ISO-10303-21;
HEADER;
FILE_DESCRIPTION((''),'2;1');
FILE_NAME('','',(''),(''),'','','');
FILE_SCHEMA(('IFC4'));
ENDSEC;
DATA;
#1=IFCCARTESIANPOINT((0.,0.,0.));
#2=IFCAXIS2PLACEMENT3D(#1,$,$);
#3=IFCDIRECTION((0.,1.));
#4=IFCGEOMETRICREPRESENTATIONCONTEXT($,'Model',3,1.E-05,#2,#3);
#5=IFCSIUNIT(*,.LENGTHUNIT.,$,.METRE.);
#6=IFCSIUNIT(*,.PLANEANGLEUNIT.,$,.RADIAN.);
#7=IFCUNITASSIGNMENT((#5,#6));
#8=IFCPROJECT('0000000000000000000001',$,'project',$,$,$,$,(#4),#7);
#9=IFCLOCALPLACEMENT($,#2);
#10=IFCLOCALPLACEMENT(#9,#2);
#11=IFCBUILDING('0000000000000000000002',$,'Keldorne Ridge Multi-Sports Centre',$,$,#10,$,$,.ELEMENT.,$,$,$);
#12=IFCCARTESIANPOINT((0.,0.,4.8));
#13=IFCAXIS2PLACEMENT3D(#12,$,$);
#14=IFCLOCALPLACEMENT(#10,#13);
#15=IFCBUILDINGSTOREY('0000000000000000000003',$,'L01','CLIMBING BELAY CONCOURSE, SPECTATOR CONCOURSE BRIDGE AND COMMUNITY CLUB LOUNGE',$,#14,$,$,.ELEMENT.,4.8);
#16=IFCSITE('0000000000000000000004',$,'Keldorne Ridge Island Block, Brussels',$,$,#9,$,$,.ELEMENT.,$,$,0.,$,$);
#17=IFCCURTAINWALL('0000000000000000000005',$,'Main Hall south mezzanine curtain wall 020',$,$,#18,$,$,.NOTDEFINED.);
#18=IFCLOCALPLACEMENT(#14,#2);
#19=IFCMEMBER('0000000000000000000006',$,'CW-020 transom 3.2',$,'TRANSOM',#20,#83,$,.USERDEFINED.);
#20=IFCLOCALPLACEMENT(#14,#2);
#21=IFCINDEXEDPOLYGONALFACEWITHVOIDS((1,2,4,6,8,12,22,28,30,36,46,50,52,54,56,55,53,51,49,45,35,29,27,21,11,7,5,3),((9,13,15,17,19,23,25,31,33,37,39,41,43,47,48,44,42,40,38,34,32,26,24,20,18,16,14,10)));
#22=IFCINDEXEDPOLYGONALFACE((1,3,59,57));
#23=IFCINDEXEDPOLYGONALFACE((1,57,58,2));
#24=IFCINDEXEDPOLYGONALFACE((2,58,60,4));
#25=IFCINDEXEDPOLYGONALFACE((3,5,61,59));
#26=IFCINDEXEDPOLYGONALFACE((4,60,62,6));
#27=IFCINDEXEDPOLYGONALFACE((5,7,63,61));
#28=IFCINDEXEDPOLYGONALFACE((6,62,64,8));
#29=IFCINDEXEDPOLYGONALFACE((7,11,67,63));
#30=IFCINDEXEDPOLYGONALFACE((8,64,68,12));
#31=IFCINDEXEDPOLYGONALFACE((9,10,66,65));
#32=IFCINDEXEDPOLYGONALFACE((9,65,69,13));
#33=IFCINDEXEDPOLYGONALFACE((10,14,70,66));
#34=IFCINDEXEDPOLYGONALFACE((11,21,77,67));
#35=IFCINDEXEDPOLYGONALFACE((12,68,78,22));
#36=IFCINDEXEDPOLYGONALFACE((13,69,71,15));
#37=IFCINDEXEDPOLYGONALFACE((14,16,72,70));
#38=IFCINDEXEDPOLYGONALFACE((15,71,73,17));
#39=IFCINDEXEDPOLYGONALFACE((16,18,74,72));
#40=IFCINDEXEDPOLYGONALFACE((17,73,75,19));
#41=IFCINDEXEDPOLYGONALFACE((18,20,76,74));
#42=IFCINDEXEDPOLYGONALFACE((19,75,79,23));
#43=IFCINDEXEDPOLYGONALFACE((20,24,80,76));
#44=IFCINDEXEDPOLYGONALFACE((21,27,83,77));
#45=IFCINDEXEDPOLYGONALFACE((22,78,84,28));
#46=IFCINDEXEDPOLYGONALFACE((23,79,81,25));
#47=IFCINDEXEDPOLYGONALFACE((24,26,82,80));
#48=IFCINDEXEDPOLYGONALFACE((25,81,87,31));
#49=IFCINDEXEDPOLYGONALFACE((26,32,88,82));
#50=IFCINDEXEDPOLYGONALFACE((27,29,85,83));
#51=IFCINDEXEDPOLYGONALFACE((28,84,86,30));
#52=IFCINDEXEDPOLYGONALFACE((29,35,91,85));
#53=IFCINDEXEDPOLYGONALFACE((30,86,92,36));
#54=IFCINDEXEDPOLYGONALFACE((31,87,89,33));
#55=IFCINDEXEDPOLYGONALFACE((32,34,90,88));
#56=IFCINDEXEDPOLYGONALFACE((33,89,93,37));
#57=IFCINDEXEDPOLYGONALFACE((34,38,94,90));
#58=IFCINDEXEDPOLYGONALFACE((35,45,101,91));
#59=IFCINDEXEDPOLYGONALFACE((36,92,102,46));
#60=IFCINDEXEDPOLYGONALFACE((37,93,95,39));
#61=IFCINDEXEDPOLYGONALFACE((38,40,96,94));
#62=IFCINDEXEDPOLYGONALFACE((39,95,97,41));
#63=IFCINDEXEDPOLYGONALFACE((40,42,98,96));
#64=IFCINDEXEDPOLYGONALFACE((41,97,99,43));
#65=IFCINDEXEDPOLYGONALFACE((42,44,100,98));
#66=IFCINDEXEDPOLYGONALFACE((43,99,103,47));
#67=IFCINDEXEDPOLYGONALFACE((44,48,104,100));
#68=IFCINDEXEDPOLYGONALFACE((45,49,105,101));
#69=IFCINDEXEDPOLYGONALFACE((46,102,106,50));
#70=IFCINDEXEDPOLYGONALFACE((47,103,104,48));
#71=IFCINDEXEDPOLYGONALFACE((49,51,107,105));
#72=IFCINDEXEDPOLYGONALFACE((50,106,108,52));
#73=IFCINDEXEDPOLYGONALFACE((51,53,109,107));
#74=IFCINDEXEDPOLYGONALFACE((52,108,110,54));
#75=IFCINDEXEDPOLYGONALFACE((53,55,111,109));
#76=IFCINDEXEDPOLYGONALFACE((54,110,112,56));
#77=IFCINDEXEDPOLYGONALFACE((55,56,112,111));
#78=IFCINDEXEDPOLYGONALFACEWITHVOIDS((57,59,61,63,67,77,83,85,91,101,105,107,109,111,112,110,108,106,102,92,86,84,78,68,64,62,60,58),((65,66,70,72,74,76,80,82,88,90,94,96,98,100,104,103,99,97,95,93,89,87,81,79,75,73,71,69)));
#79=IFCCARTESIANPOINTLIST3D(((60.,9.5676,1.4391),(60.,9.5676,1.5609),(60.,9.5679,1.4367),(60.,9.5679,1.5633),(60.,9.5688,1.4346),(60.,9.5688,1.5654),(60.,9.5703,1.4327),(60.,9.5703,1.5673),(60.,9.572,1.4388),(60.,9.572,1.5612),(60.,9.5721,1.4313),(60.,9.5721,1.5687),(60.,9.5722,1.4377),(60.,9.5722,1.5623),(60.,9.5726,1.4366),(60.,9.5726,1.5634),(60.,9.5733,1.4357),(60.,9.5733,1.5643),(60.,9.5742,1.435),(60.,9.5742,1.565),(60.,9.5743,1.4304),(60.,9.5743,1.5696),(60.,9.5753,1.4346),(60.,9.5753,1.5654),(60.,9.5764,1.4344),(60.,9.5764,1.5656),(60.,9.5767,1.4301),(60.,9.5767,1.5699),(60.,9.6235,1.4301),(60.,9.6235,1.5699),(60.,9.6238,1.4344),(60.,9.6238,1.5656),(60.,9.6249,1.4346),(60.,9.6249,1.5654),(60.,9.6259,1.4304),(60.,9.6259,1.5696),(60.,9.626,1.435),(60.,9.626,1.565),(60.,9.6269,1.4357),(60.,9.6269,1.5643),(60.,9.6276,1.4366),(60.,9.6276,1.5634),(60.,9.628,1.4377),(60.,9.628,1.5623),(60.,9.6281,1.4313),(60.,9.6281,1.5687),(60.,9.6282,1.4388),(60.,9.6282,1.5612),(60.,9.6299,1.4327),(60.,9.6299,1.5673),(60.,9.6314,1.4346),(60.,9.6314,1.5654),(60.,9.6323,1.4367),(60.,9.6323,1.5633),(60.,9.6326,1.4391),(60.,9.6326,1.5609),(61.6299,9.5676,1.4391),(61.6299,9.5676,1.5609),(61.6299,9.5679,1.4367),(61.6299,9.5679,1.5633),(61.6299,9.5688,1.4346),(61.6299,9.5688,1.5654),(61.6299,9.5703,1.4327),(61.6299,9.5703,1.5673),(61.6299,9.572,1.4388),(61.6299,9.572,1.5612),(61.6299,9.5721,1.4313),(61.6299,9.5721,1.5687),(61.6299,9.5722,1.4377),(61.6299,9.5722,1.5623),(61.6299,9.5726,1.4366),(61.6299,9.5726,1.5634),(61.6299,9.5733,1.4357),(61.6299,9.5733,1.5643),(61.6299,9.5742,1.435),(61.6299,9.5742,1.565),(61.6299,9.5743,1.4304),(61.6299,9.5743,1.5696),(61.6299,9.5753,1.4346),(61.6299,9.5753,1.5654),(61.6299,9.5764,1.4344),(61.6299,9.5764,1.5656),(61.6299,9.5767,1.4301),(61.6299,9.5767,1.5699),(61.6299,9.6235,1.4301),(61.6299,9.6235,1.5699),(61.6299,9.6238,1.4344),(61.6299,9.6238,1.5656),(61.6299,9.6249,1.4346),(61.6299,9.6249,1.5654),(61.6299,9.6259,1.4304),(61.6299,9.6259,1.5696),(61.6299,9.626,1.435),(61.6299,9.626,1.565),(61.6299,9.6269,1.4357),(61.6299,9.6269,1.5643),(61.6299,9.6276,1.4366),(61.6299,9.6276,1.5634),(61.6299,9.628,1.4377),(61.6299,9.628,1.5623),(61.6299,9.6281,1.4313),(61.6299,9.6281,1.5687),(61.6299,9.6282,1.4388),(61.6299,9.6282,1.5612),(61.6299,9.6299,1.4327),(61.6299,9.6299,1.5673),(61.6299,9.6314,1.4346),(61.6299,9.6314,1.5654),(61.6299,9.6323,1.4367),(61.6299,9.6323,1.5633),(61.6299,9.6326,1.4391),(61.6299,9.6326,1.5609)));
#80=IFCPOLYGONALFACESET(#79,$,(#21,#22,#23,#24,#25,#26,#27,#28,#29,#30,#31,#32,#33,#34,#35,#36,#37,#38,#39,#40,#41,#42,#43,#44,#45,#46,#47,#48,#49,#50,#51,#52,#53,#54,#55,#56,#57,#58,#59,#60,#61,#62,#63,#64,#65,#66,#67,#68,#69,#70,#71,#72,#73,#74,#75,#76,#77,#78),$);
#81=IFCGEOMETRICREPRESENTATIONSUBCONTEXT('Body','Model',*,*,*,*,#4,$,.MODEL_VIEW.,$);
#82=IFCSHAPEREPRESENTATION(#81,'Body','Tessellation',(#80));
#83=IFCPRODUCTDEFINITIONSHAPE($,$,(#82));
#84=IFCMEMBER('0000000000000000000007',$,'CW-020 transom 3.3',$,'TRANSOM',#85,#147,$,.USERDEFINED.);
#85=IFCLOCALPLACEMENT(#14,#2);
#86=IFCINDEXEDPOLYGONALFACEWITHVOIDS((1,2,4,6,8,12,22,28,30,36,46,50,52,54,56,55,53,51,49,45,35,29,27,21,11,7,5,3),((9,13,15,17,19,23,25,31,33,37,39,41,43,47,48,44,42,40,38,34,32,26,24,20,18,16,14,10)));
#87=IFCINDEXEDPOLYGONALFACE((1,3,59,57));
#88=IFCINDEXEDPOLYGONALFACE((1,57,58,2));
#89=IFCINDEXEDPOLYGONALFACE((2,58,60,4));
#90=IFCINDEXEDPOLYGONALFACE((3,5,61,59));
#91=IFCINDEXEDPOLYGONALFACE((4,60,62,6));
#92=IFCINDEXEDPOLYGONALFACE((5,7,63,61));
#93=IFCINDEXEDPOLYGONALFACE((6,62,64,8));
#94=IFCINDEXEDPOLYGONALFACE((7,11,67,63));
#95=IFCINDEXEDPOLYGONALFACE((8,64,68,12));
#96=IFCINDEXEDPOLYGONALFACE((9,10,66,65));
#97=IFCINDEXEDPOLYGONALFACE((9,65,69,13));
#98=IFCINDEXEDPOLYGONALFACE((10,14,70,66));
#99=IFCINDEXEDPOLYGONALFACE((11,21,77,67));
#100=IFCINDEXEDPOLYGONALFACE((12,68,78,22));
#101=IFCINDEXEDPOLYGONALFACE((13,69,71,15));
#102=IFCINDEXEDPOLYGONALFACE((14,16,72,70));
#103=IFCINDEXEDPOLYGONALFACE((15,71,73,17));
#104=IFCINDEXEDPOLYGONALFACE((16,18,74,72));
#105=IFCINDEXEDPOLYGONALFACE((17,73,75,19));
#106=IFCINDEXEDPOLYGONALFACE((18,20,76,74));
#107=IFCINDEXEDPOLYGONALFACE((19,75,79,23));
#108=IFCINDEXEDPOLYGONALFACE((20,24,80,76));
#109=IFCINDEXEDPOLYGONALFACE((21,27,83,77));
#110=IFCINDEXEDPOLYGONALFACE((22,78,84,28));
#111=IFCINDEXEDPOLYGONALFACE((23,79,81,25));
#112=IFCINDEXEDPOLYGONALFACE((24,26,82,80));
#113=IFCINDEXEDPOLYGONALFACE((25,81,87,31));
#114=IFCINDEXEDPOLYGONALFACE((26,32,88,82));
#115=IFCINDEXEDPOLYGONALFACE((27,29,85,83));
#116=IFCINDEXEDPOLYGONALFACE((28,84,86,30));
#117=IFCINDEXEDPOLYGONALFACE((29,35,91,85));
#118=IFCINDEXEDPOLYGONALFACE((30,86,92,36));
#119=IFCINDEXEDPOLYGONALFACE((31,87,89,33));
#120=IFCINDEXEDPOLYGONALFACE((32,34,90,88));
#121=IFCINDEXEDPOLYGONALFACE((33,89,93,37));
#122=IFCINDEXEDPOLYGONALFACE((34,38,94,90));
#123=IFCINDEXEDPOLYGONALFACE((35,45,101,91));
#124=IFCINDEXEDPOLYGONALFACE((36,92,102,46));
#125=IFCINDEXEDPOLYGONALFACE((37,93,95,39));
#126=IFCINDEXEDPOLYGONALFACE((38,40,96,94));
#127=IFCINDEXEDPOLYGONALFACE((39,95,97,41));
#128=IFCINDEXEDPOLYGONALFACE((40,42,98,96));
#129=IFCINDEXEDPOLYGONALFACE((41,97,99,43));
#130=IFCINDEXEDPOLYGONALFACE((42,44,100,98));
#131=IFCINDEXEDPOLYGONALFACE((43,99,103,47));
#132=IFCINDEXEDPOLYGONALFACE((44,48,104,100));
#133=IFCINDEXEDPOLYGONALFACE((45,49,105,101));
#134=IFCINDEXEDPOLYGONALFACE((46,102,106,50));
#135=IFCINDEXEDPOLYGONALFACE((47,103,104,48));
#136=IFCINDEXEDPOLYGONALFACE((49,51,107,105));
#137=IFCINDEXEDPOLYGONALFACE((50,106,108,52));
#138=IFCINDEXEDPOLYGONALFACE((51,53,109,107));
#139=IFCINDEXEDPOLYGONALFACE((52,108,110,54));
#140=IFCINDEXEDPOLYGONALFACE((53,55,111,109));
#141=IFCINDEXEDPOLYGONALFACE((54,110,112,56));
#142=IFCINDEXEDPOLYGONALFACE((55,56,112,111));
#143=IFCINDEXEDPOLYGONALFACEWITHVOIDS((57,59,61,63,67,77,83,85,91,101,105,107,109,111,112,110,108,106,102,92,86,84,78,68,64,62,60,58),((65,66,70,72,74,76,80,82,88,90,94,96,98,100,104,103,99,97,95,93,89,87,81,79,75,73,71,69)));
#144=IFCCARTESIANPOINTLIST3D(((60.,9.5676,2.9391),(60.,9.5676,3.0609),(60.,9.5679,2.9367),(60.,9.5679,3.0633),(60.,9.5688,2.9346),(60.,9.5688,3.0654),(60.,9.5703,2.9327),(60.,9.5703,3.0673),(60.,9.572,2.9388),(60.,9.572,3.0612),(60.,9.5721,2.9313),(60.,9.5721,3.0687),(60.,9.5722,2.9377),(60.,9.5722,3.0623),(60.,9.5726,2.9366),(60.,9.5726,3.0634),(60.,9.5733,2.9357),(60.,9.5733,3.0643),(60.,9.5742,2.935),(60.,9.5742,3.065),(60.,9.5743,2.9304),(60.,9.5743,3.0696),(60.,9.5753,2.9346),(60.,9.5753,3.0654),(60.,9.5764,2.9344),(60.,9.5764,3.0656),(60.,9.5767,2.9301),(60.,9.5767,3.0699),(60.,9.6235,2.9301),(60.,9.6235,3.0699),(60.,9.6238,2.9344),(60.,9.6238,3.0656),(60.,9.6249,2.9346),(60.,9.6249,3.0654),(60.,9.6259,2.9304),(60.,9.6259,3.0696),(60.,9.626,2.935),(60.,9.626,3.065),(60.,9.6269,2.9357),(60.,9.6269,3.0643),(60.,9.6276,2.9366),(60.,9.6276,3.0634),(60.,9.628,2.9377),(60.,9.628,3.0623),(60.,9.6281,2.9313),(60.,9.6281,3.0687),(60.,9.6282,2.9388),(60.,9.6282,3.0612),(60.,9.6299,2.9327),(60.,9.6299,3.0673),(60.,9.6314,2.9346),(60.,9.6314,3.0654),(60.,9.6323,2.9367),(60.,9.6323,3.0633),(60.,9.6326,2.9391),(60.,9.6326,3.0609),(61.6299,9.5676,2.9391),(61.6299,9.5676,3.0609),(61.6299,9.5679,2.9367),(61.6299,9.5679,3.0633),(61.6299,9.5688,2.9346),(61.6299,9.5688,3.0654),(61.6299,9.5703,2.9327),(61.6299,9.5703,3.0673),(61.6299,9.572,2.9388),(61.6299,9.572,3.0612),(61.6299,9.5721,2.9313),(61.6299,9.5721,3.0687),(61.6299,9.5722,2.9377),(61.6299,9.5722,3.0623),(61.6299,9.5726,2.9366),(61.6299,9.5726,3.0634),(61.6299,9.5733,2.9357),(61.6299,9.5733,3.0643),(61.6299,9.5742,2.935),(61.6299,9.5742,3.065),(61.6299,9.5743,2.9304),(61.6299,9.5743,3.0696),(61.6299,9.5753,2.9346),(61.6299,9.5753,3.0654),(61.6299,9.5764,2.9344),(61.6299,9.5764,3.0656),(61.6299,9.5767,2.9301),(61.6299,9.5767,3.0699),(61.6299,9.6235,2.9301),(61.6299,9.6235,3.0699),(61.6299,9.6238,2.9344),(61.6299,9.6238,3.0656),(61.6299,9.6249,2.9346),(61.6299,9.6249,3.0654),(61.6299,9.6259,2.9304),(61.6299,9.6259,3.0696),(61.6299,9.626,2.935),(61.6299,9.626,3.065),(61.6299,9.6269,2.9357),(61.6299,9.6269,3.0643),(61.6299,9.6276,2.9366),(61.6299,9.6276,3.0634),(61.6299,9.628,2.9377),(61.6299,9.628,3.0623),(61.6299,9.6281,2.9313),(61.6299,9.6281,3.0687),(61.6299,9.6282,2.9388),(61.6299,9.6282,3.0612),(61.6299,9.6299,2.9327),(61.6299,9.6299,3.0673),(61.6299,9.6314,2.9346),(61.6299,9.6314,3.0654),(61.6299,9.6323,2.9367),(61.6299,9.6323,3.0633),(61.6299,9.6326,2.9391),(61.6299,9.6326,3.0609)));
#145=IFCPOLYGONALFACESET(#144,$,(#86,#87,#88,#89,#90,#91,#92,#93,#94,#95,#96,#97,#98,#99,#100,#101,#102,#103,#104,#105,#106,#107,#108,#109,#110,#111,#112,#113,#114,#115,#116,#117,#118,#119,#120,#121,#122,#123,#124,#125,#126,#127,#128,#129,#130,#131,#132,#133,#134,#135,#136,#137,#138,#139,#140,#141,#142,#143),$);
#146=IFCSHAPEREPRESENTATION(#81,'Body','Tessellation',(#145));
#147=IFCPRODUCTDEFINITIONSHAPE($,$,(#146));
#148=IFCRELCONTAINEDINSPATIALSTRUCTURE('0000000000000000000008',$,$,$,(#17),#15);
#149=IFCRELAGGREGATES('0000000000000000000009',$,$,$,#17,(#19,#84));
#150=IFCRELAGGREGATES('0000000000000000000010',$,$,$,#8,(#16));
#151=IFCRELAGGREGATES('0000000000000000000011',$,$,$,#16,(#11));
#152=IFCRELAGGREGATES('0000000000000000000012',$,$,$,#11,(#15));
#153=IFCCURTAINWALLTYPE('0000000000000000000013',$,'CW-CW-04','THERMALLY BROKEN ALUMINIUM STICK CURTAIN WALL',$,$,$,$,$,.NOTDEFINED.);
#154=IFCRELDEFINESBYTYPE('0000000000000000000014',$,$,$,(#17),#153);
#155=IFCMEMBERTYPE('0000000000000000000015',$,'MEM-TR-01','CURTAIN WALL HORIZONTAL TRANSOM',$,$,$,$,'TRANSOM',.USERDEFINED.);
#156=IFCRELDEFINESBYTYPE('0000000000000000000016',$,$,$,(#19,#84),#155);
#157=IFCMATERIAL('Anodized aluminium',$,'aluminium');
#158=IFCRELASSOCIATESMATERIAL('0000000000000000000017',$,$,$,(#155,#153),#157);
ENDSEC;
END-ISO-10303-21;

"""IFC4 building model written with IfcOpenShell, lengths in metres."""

from ifc_helpers import new_model, si_unit, direction, frame, origin, origin_2d, place, context, subcontext, project, spatial, hollow_rectangle, extrude, material, material_profile, profile_set, type_object, element, aggregate, save


model = new_model("IFC4")

# Units and contexts
model_context = context("Model", 3, precision=1e-05, world=origin(), true_north=direction((0.0, 1.0)))
body_context = subcontext(model_context, "Body", "Model", "MODEL_VIEW")
ifc_project = project(units=[si_unit("LENGTHUNIT", "METRE"), si_unit("PLANEANGLEUNIT", "RADIAN")], contexts=[model_context])

# Site, building, storey
site_placement = place(None, origin())
site = spatial("IfcSite", under=ifc_project, at=site_placement, Name="Keldorne Ridge Island Block, Brussels", CompositionType="ELEMENT", RefElevation=0.0)
building_placement = place(site_placement, origin())
building = spatial("IfcBuilding", under=site, at=building_placement, Name="Keldorne Ridge Multi-Sports Centre", CompositionType="ELEMENT")
storey_placement = place(building_placement, frame((0.0, 0.0, 4.8)))
storey = spatial("IfcBuildingStorey", under=building, at=storey_placement, Name="L01", Description="CLIMBING BELAY CONCOURSE, SPECTATOR CONCOURSE BRIDGE AND COMMUNITY CLUB LOUNGE", CompositionType="ELEMENT", Elevation=4.8)

# Curtain wall, members
ifc_material_1 = material(Name="Anodized aluminium", Category="aluminium")
ifc_material_profile_1 = material_profile(ifc_material_1, hollow_rectangle(XDim=0.0649, YDim=0.1399, WallThickness=0.0044, InnerFilletRadius=0.0044, OuterFilletRadius=0.009, at=origin_2d()), Name="ALU TRANSOM 140x65x4.5")
ifc_profile_set_1 = profile_set([ifc_material_profile_1], Name="Anodized aluminium")
member_type = type_object("IfcMemberType", Name="MEM-TR-01", Description="CURTAIN WALL HORIZONTAL TRANSOM", ElementType="TRANSOM", PredefinedType="USERDEFINED", material=ifc_profile_set_1)
curtain_wall_type_1 = type_object("IfcCurtainWallType", Name="CW-CW-04", Description="THERMALLY BROKEN ALUMINIUM STICK CURTAIN WALL", PredefinedType="NOTDEFINED", material=ifc_material_1)
curtain_wall_1_placement = place(storey_placement, origin())
curtain_wall_1 = element("IfcCurtainWall", 1, at=curtain_wall_1_placement, inside=storey, type_object=curtain_wall_type_1, Name="Main Hall south mezzanine curtain wall 020", PredefinedType="NOTDEFINED")
member_1_placement = place(storey_placement, frame((60.0, 9.6001, 1.5), z_axis=(1.0, 0.0, 0.0), x_axis=(0.0, 1.0, 0.0)))
member_1 = element("IfcMember", 2, at=member_1_placement, type_object=member_type, Name="CW-020 transom 3.2", ObjectType="TRANSOM", PredefinedType="USERDEFINED", context=body_context, shape_type="SweptSolid", body=[
    extrude(hollow_rectangle(XDim=0.0649, YDim=0.1399, WallThickness=0.0044, InnerFilletRadius=0.0044, OuterFilletRadius=0.009, at=origin_2d()), origin(), (0.0, 0.0, 1.0), 1.6299),
])
member_2_placement = place(storey_placement, frame((60.0, 9.6001, 3.0), z_axis=(1.0, 0.0, 0.0), x_axis=(0.0, 1.0, 0.0)))
member_2 = element("IfcMember", 3, at=member_2_placement, type_object=member_type, Name="CW-020 transom 3.3", ObjectType="TRANSOM", PredefinedType="USERDEFINED", context=body_context, shape_type="SweptSolid", body=[
    extrude(hollow_rectangle(XDim=0.0649, YDim=0.1399, WallThickness=0.0044, InnerFilletRadius=0.0044, OuterFilletRadius=0.009, at=origin_2d()), origin(), (0.0, 0.0, 1.0), 1.6299),
])

aggregate(curtain_wall_1, [member_1, member_2])

save(model, "model.ifc")
